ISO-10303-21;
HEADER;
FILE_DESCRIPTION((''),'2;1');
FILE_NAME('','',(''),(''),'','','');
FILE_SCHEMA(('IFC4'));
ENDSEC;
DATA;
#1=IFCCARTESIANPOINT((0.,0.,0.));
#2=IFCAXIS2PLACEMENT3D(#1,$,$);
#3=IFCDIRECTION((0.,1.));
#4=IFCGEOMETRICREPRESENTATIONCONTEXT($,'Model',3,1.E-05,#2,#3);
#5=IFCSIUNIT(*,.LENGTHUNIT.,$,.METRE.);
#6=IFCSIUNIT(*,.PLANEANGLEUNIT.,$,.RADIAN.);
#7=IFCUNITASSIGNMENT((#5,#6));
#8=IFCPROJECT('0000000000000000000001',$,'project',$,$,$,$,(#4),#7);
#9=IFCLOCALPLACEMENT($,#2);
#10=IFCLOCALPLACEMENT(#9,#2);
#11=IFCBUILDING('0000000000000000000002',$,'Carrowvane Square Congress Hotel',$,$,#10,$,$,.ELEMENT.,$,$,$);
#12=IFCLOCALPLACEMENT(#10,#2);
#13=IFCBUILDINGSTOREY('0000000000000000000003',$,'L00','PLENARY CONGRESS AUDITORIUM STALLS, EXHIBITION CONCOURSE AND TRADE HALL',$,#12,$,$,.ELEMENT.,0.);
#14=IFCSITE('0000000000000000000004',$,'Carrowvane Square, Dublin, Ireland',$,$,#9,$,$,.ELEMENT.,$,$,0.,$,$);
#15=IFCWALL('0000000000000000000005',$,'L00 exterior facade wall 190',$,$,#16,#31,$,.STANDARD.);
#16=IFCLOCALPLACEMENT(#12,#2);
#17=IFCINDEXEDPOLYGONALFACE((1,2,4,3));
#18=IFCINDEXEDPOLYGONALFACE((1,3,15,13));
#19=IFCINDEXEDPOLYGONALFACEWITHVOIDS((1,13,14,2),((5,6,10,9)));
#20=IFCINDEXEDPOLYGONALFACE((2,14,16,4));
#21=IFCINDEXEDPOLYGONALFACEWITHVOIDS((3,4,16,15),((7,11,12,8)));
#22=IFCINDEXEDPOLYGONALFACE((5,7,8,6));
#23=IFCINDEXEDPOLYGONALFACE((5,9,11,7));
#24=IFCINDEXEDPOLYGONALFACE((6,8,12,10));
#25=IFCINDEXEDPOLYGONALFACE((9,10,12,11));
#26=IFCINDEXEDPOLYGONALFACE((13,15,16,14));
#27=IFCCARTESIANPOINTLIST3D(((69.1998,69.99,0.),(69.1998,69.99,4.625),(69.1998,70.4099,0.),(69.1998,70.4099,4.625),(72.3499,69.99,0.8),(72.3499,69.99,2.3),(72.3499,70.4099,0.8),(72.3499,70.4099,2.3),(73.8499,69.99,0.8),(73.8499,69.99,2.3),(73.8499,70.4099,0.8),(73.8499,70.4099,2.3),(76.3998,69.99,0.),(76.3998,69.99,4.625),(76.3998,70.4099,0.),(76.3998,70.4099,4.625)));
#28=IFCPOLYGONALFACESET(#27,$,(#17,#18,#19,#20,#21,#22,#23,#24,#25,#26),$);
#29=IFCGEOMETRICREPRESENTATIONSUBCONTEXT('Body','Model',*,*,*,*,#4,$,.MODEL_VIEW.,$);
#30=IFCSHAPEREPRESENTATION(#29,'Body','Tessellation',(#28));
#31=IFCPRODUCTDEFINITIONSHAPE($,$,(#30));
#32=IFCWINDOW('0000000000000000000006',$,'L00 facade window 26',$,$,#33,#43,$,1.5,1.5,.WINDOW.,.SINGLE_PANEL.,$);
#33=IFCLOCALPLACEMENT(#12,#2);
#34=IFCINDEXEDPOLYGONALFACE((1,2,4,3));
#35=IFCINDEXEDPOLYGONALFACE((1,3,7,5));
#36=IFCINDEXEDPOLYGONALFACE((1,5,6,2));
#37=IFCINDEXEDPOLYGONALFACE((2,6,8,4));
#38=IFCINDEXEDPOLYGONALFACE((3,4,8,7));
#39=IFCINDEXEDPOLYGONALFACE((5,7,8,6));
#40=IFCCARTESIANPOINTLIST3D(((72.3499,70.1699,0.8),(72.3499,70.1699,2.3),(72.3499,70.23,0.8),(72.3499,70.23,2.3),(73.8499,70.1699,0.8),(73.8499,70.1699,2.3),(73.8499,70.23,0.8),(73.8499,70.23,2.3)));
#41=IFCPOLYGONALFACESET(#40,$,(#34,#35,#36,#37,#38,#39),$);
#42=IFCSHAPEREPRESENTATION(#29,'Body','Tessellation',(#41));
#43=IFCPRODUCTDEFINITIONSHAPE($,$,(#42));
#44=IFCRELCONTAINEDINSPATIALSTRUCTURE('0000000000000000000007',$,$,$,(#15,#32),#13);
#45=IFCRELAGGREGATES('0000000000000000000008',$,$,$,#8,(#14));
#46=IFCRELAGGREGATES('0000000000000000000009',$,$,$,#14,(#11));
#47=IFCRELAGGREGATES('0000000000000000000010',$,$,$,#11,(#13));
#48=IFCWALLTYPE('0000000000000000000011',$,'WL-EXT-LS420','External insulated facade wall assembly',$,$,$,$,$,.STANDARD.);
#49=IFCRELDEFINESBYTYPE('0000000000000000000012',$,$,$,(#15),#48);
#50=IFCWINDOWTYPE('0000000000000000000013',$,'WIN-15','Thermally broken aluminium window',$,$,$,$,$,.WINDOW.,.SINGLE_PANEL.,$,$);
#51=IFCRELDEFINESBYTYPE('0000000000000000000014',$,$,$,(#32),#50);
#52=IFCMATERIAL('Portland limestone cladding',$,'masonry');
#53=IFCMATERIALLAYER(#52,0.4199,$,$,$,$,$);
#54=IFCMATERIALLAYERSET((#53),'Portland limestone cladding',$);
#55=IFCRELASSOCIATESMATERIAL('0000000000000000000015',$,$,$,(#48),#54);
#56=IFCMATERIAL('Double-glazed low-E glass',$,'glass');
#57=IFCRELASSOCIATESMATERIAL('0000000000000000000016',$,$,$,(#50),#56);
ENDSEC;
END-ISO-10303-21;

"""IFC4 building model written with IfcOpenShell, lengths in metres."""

from ifc_helpers import new_model, si_unit, direction, frame, frame_2d, origin, place, context, subcontext, project, spatial, rectangle, extrude, material, layer, layer_set, type_object, element, fill, save


model = new_model("IFC4")

# Units and contexts
model_context = context("Model", 3, precision=1e-05, world=origin(), true_north=direction((0.0, 1.0)))
body_context = subcontext(model_context, "Body", "Model", "MODEL_VIEW")
ifc_project = project(units=[si_unit("LENGTHUNIT", "METRE"), si_unit("PLANEANGLEUNIT", "RADIAN")], contexts=[model_context])

# Site, building, storey
site_placement = place(None, origin())
site = spatial("IfcSite", under=ifc_project, at=site_placement, Name="Carrowvane Square, Dublin, Ireland", CompositionType="ELEMENT", RefElevation=0.0)
building_placement = place(site_placement, origin())
building = spatial("IfcBuilding", under=site, at=building_placement, Name="Carrowvane Square Congress Hotel", CompositionType="ELEMENT")
storey_placement = place(building_placement, origin())
storey = spatial("IfcBuildingStorey", under=building, at=storey_placement, Name="L00", Description="PLENARY CONGRESS AUDITORIUM STALLS, EXHIBITION CONCOURSE AND TRADE HALL", CompositionType="ELEMENT", Elevation=0.0)

# Wall, opening, window
ifc_material_1 = material(Name="Portland limestone cladding", Category="masonry")
ifc_layer_1 = layer(ifc_material_1, 0.4199)
ifc_layer_set_1 = layer_set([ifc_layer_1], Name="Portland limestone cladding")
wall_type_1 = type_object("IfcWallType", Name="WL-EXT-LS420", Description="External insulated facade wall assembly", PredefinedType="STANDARD", material=ifc_layer_set_1)
wall_1_placement = place(storey_placement, frame((76.3999, 70.2, 0.0), z_axis=(0.0, 0.0, 1.0), x_axis=(-1.0, 0.0, 0.0)))
wall_1 = element("IfcWall", 1, at=wall_1_placement, inside=storey, type_object=wall_type_1, Name="L00 exterior facade wall 190", PredefinedType="STANDARD", context=body_context, shape_type="SweptSolid", body=[
    extrude(rectangle(XDim=7.2, YDim=0.4199, at=frame_2d((3.6001, 0.0))), origin(), (0.0, 0.0, 1.0), 4.625),
])
opening_1_placement = place(wall_1_placement, frame((2.55, 0.0, 0.8)))
opening_1 = element("IfcOpeningElement", 2, at=opening_1_placement, cuts=wall_1, PredefinedType="OPENING", context=body_context, shape_type="SweptSolid", body=[
    extrude(rectangle(XDim=1.5, YDim=1.5, at=frame_2d((0.75, 0.75))), frame((0.0, 0.22, 0.0), z_axis=(0.0, -1.0, 0.0), x_axis=(1.0, 0.0, 0.0)), (0.0, 0.0, 1.0), 0.4399),
])
ifc_material_2 = material(Name="Double-glazed low-E glass", Category="glass")
window_type_1 = type_object("IfcWindowType", Name="WIN-15", Description="Thermally broken aluminium window", PartitioningType="SINGLE_PANEL", PredefinedType="WINDOW", material=ifc_material_2)
window_1_placement = place(opening_1_placement, origin())
window_1 = element("IfcWindow", 3, at=window_1_placement, inside=storey, type_object=window_type_1, Name="L00 facade window 26", OverallHeight=1.5, OverallWidth=1.5, PartitioningType="SINGLE_PANEL", PredefinedType="WINDOW", context=body_context, shape_type="SweptSolid", body=[
    extrude(rectangle(XDim=1.5, YDim=1.5, at=frame_2d((0.75, 0.75))), frame((0.0, 0.03, 0.0), z_axis=(0.0, -1.0, 0.0), x_axis=(1.0, 0.0, 0.0)), (0.0, 0.0, 1.0), 0.0601),
])
fill(opening_1, window_1)

save(model, "model.ifc")
